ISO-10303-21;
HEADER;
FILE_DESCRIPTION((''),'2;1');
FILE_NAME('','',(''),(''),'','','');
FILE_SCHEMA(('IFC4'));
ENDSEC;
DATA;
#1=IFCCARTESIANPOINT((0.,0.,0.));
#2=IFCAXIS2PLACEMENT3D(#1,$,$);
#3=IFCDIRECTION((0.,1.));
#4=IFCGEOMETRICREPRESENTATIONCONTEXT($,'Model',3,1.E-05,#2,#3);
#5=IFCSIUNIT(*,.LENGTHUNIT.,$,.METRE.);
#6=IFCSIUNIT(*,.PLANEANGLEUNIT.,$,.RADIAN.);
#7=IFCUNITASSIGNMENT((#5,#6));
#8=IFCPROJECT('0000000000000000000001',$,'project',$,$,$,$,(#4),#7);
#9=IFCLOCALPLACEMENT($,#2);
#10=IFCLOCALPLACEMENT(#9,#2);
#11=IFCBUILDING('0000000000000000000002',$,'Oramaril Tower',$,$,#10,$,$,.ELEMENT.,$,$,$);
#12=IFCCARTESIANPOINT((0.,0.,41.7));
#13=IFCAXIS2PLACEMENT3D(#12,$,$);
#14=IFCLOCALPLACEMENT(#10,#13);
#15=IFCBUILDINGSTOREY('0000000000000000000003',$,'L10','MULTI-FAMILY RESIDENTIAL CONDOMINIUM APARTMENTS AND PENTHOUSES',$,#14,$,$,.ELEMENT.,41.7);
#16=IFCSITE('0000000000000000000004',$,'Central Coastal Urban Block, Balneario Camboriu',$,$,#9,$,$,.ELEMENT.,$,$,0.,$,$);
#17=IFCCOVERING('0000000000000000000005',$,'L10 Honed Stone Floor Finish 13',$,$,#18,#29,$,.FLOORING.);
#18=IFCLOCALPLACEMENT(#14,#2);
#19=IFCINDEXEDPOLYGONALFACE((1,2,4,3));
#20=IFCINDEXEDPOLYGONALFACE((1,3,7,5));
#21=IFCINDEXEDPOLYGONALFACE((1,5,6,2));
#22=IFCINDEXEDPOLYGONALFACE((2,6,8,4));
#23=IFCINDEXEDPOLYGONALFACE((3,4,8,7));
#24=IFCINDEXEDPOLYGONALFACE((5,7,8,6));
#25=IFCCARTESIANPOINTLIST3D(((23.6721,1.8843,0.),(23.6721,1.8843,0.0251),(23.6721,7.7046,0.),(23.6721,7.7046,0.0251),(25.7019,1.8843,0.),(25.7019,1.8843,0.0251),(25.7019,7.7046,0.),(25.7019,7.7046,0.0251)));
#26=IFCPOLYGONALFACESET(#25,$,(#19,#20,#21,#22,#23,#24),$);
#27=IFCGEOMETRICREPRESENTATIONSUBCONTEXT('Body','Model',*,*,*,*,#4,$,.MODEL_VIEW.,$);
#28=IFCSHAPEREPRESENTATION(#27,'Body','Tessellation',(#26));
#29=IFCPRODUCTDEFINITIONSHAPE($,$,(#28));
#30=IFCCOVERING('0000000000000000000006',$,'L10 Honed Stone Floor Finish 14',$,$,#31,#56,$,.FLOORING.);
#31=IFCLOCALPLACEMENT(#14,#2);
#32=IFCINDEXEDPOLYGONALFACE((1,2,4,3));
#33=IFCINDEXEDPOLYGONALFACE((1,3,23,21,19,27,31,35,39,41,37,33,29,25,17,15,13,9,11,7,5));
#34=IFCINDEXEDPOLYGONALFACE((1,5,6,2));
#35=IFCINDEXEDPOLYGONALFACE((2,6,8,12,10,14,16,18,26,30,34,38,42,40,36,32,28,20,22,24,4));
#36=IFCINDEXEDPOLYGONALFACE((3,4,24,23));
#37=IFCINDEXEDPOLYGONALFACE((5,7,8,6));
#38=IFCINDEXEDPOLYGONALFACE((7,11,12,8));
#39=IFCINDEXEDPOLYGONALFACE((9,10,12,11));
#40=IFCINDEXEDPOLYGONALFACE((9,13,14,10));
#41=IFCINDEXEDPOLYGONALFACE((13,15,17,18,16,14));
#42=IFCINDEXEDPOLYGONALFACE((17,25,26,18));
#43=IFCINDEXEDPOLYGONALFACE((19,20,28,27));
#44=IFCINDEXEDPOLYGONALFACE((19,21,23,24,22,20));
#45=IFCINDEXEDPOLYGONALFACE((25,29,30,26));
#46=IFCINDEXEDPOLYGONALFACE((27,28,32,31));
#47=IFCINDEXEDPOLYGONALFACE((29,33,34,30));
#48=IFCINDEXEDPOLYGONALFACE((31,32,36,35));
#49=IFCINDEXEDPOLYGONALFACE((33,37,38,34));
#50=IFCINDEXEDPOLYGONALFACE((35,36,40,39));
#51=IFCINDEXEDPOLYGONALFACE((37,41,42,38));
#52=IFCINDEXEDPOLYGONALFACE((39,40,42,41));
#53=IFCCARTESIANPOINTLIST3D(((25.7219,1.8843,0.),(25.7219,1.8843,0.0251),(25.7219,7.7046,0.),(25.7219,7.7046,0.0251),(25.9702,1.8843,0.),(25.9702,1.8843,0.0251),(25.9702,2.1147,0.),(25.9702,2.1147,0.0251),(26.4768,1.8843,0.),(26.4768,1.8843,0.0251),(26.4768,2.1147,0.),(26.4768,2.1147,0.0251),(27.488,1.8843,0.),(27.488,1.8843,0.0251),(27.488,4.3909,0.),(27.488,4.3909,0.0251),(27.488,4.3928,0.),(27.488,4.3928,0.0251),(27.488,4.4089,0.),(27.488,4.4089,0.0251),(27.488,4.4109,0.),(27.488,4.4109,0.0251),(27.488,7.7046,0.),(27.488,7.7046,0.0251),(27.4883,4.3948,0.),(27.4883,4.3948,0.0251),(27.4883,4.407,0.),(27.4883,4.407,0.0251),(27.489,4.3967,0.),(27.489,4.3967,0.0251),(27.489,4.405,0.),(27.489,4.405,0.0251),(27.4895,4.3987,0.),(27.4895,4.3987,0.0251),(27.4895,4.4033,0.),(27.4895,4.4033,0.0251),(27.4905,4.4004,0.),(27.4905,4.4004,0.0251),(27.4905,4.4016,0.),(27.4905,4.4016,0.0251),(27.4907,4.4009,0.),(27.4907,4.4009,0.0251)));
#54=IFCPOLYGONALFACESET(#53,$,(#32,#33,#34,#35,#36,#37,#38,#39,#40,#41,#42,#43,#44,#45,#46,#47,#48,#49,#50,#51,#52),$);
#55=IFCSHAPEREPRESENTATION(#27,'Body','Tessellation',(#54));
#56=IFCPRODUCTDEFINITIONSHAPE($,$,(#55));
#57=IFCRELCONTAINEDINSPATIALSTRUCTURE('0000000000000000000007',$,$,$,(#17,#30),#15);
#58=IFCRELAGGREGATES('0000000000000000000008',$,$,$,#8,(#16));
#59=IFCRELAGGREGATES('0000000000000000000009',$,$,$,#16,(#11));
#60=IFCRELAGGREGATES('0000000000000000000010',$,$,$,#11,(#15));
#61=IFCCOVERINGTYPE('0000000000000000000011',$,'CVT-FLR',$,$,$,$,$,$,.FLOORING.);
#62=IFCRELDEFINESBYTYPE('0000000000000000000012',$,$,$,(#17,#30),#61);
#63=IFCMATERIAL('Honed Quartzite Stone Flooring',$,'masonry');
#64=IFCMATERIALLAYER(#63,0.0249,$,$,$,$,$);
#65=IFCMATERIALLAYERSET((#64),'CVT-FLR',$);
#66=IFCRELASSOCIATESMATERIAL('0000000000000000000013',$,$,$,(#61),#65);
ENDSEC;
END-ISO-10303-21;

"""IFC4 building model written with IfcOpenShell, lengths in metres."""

from ifc_helpers import new_model, si_unit, direction, frame, origin, place, context, subcontext, project, spatial, polyline, outline, extrude, material, layer, layer_set, type_object, element, save


model = new_model("IFC4")

# Units and contexts
model_context = context("Model", 3, precision=1e-05, world=origin(), true_north=direction((0.0, 1.0)))
body_context = subcontext(model_context, "Body", "Model", "MODEL_VIEW")
ifc_project = project(units=[si_unit("LENGTHUNIT", "METRE"), si_unit("PLANEANGLEUNIT", "RADIAN")], contexts=[model_context])

# Site, building, storey
site_placement = place(None, origin())
site = spatial("IfcSite", under=ifc_project, at=site_placement, Name="Central Coastal Urban Block, Balneario Camboriu", CompositionType="ELEMENT", RefElevation=0.0)
building_placement = place(site_placement, origin())
building = spatial("IfcBuilding", under=site, at=building_placement, Name="Oramaril Tower", CompositionType="ELEMENT")
storey_placement = place(building_placement, frame((0.0, 0.0, 41.7)))
storey = spatial("IfcBuildingStorey", under=building, at=storey_placement, Name="L10", Description="MULTI-FAMILY RESIDENTIAL CONDOMINIUM APARTMENTS AND PENTHOUSES", CompositionType="ELEMENT", Elevation=41.7)

# Coverings
ifc_material_1 = material(Name="Honed Quartzite Stone Flooring", Category="masonry")
ifc_layer_1 = layer(ifc_material_1, 0.0249)
ifc_layer_set_1 = layer_set([ifc_layer_1], Name="CVT-FLR")
covering_type_1 = type_object("IfcCoveringType", Name="CVT-FLR", PredefinedType="FLOORING", material=ifc_layer_set_1)
covering_1_placement = place(storey_placement, origin())
element("IfcCovering", 1, at=covering_1_placement, inside=storey, type_object=covering_type_1, Name="L10 Honed Stone Floor Finish 13", PredefinedType="FLOORING", context=body_context, shape_type="SweptSolid", body=[
    extrude(outline(polyline([(23.6721, 1.8843), (23.6721, 7.7046), (25.7019, 7.7046), (25.7019, 1.8843), (23.6721, 1.8843)])), origin(), (0.0, 0.0, 1.0), 0.0251),
])
covering_2_placement = place(storey_placement, origin())
element("IfcCovering", 2, at=covering_2_placement, inside=storey, type_object=covering_type_1, Name="L10 Honed Stone Floor Finish 14", PredefinedType="FLOORING", context=body_context, shape_type="SweptSolid", body=[
    extrude(outline(polyline([(26.4768, 1.8843), (26.4768, 2.1147), (25.9702, 2.1147), (25.9702, 1.8843), (25.7219, 1.8843), (25.7219, 7.7046), (27.488, 7.7046), (27.488, 4.4109), (27.488, 4.4089), (27.4883, 4.407), (27.489, 4.405), (27.4895, 4.4033), (27.4905, 4.4016), (27.4907, 4.4009), (27.4905, 4.4004), (27.4895, 4.3987), (27.489, 4.3967), (27.4883, 4.3948), (27.488, 4.3928), (27.488, 4.3909), (27.488, 1.8843), (26.4768, 1.8843)])), origin(), (0.0, 0.0, 1.0), 0.0251),
])

save(model, "model.ifc")
